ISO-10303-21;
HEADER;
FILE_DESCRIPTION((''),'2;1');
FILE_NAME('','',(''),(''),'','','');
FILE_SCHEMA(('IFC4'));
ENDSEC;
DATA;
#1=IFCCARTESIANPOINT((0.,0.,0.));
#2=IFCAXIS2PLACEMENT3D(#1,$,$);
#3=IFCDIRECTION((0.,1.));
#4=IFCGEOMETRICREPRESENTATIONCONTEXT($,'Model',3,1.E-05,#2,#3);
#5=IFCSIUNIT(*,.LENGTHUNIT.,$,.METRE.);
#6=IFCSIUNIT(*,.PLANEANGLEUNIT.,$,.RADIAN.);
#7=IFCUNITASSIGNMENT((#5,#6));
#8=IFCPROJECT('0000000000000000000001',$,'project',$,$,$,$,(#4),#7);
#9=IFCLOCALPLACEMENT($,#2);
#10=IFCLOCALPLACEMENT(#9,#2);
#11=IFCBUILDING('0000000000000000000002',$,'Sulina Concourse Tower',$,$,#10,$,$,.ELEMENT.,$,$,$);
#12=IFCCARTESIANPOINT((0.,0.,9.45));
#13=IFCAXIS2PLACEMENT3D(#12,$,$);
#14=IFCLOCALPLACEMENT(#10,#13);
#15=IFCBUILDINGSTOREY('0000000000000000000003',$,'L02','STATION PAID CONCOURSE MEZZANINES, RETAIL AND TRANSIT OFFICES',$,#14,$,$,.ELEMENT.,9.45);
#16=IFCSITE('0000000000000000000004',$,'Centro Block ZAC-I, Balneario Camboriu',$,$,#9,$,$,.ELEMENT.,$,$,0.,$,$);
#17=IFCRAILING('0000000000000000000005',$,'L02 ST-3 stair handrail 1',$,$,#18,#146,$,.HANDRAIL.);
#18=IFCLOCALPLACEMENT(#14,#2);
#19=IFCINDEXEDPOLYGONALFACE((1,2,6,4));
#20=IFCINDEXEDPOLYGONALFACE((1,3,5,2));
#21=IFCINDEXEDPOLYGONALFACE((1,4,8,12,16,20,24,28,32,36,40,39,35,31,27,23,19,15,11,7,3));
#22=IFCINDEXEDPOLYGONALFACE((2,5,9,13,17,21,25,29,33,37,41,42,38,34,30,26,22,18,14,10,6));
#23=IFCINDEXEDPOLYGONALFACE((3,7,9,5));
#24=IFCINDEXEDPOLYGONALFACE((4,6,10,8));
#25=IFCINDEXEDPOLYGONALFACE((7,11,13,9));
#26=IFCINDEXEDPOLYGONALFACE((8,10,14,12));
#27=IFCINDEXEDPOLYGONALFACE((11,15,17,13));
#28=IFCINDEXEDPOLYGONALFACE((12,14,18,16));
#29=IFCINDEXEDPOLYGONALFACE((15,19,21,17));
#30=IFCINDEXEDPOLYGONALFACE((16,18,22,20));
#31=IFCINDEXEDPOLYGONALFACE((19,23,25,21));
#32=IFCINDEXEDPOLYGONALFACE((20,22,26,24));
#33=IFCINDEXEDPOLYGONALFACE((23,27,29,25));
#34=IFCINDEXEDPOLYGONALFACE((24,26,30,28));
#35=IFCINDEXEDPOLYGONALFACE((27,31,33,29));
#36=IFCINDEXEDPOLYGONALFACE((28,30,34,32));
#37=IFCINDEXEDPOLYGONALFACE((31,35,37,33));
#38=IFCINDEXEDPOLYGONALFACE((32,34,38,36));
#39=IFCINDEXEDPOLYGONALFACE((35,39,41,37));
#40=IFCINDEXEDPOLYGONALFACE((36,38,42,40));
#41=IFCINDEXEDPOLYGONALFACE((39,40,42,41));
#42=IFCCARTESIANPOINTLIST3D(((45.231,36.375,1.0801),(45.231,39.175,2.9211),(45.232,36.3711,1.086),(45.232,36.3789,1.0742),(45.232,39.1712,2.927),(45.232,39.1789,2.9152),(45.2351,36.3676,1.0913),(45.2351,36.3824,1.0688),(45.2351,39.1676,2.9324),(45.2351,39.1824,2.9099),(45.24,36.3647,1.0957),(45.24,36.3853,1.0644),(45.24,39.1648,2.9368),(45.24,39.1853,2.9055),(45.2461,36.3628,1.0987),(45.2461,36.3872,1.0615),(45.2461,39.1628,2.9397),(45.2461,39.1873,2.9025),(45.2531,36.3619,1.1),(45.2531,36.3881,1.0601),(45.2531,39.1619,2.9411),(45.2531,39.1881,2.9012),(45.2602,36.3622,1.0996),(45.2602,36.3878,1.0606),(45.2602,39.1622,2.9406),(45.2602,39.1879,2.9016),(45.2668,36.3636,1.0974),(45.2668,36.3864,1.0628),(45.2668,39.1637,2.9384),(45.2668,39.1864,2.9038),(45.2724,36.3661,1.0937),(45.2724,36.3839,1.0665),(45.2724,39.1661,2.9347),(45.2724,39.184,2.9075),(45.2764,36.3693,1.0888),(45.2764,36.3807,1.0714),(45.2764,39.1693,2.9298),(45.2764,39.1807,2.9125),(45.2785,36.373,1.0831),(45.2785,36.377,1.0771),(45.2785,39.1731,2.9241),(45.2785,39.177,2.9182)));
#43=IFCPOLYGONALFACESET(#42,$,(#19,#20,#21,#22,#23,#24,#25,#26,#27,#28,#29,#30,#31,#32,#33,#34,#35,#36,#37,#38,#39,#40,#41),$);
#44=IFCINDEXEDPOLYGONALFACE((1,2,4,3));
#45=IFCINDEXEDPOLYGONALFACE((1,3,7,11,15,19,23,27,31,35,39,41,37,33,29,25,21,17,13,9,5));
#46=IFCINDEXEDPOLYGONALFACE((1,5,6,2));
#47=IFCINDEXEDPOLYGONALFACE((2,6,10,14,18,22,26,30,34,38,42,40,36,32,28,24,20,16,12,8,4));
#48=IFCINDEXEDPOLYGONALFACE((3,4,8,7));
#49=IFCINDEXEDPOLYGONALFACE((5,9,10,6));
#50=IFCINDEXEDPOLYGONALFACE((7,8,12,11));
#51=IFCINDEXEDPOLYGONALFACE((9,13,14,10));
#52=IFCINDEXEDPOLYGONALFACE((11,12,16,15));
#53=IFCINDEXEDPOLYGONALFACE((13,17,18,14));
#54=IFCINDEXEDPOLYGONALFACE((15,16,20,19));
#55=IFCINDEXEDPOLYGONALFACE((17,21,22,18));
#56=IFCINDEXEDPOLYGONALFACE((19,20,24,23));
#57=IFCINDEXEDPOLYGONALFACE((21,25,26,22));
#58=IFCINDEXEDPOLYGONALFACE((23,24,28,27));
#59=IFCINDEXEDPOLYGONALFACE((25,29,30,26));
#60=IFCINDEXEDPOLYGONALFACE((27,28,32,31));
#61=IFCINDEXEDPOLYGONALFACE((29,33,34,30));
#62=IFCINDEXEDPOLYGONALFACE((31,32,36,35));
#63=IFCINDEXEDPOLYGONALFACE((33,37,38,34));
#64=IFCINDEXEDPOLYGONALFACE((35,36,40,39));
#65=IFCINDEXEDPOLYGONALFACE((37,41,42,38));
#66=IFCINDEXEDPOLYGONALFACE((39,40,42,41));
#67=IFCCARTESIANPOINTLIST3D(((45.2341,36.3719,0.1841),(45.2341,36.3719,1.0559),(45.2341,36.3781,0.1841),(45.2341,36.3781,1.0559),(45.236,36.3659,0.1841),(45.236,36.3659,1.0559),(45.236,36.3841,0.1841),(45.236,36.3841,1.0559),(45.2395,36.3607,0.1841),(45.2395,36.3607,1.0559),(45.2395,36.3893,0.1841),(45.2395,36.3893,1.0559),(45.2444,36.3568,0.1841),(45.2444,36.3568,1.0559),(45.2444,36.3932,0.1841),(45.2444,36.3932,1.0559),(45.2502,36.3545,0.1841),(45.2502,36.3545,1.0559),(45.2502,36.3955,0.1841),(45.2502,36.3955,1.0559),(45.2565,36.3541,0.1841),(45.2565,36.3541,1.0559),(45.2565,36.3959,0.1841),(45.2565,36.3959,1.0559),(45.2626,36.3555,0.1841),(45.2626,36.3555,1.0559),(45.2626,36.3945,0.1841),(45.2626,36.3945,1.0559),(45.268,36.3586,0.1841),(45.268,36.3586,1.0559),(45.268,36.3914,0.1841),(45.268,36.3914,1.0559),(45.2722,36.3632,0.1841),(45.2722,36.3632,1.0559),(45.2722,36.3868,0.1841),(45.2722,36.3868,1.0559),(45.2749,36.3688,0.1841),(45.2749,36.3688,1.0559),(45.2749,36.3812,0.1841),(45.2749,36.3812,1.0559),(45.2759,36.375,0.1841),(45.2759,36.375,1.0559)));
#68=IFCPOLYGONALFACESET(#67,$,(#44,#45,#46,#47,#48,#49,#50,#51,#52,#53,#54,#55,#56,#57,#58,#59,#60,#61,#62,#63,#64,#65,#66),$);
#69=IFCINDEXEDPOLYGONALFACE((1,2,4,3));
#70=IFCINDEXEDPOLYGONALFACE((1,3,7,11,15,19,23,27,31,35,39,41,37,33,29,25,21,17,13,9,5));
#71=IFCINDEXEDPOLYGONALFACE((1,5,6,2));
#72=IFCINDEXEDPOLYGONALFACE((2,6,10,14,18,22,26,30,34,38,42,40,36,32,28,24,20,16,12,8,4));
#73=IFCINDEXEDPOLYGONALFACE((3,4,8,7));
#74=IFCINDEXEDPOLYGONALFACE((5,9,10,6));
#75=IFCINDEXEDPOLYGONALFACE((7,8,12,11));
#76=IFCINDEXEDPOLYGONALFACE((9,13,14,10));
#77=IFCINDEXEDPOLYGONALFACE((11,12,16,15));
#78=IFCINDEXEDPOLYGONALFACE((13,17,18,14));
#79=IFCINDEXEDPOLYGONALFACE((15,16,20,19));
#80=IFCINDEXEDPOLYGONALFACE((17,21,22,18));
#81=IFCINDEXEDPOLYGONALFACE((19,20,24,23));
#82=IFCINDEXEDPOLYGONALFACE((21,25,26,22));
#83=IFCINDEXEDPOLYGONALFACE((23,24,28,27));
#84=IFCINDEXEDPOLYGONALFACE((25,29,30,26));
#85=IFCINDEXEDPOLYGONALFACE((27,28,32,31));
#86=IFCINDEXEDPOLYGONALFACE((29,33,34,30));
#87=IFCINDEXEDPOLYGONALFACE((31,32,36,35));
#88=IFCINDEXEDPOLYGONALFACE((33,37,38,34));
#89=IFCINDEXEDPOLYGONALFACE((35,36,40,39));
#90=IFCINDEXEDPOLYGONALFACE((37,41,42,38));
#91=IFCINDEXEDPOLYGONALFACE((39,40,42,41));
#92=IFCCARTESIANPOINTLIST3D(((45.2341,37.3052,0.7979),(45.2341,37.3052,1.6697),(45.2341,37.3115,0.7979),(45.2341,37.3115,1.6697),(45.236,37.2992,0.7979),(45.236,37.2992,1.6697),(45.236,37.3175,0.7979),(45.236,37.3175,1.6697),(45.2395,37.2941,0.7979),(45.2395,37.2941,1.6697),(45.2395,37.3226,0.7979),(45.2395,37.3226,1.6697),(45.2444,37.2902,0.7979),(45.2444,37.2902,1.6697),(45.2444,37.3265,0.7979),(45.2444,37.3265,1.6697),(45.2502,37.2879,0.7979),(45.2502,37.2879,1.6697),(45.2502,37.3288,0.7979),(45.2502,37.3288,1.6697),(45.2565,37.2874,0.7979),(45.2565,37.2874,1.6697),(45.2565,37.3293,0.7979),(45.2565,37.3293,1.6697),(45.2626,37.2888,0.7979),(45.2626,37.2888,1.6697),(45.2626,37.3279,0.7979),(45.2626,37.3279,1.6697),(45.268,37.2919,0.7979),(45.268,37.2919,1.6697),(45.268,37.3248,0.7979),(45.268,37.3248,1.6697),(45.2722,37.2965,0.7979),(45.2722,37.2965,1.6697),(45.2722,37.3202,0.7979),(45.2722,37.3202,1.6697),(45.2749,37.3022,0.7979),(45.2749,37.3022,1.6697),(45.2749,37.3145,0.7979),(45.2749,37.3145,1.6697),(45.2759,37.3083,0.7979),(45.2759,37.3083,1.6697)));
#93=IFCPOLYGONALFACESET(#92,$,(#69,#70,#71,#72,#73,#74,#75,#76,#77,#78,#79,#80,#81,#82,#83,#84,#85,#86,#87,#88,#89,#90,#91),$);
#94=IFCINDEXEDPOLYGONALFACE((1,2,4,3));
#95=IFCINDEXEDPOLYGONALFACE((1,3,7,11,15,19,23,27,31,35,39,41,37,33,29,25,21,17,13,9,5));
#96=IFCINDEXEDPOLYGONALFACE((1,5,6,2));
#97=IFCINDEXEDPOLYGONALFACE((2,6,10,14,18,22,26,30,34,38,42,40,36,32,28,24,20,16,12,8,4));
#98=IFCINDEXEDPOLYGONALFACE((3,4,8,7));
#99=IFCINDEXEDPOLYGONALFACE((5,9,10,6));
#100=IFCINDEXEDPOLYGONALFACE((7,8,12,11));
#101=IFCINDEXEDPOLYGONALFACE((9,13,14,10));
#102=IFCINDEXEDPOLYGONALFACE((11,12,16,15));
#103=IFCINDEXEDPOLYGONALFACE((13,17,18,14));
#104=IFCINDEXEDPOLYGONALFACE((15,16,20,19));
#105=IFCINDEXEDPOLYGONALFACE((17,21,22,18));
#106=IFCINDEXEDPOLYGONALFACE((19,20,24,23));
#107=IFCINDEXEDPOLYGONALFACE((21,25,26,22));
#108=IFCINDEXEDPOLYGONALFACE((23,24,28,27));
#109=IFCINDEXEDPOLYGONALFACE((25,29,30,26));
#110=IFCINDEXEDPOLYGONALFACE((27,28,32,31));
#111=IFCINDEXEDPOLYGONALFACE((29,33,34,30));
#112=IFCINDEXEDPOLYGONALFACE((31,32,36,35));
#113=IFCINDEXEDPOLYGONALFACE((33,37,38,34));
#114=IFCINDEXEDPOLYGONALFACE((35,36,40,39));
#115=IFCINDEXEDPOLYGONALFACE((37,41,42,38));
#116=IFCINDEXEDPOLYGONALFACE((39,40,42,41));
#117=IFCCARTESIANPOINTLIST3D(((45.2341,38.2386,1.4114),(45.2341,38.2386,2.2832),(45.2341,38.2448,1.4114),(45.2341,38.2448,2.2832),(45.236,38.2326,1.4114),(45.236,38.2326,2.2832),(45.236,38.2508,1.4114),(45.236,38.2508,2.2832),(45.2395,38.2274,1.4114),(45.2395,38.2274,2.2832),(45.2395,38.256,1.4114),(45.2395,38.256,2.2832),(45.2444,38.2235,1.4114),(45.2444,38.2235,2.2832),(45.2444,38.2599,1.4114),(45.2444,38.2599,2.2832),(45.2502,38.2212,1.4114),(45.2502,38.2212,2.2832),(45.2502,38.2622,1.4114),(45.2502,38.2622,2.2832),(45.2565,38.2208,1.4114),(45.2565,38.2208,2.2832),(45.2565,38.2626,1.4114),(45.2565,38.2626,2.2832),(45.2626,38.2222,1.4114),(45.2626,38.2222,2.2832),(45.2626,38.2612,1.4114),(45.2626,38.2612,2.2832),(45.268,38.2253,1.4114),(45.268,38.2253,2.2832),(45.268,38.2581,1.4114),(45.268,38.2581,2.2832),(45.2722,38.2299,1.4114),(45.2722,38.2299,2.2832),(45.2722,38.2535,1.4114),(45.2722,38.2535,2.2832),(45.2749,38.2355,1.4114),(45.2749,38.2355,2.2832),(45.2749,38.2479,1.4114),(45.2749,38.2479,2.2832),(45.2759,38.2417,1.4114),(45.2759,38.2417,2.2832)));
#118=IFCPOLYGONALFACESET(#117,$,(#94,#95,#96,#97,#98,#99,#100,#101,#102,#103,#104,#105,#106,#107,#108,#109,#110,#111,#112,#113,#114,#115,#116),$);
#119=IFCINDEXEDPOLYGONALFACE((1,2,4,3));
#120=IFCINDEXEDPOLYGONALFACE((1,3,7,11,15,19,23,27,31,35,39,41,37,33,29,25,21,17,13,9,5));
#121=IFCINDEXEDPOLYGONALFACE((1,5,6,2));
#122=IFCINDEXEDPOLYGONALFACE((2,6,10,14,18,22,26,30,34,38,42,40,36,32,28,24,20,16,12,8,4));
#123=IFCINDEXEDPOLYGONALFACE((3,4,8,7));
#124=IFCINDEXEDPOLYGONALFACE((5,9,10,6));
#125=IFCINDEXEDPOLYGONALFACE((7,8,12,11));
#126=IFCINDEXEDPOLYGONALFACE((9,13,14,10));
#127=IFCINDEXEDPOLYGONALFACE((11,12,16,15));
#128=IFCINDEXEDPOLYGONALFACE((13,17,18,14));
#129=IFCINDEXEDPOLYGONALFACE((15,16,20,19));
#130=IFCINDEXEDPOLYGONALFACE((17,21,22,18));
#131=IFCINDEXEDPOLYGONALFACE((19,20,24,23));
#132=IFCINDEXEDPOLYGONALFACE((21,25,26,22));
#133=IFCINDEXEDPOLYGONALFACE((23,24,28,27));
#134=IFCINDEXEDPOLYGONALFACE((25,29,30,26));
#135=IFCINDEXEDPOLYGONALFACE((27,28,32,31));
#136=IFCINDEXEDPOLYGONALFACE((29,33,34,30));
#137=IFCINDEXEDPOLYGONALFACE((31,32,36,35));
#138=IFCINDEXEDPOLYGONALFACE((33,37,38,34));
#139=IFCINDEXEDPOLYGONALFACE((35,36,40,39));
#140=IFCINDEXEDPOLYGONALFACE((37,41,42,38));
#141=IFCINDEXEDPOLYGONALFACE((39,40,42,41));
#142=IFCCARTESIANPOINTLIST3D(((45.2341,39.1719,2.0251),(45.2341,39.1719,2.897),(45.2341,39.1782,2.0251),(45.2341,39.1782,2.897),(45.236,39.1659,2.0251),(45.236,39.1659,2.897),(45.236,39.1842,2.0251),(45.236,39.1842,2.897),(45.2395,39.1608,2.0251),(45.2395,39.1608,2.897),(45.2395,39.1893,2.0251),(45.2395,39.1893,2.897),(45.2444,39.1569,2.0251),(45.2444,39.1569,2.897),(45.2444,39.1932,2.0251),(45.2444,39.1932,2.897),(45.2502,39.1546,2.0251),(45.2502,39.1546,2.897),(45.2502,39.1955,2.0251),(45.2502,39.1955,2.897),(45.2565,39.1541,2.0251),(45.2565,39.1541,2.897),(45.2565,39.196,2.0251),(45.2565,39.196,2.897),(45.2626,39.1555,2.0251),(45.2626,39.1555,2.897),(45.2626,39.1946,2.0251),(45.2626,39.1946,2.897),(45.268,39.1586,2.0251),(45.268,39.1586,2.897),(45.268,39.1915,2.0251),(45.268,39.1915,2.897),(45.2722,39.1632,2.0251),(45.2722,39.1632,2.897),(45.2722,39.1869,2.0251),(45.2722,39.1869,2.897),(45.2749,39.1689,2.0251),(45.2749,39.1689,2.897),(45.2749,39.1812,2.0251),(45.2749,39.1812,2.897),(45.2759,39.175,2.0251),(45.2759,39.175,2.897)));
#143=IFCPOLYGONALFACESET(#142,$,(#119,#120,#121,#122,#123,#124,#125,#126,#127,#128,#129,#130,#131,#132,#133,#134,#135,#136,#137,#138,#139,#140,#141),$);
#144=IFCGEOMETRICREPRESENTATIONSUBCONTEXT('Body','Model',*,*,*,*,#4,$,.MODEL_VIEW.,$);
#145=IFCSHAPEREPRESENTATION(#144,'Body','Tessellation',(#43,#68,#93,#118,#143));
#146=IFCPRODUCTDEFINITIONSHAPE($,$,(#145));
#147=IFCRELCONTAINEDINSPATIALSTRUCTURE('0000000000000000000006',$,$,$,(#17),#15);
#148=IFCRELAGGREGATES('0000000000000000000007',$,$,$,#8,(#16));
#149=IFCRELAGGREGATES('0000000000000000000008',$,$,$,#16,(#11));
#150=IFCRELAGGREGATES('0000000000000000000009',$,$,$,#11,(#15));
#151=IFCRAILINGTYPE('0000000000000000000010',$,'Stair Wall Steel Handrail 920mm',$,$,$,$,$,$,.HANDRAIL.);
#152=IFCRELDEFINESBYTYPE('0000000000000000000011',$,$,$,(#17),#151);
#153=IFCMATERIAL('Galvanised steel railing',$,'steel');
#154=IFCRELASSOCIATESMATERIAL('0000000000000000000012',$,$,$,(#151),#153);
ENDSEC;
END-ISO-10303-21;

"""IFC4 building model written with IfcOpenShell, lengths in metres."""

from ifc_helpers import new_model, si_unit, direction, frame, origin, origin_2d, place, context, subcontext, project, spatial, circle, extrude, material, type_object, element, save


model = new_model("IFC4")

# Units and contexts
model_context = context("Model", 3, precision=1e-05, world=origin(), true_north=direction((0.0, 1.0)))
body_context = subcontext(model_context, "Body", "Model", "MODEL_VIEW")
ifc_project = project(units=[si_unit("LENGTHUNIT", "METRE"), si_unit("PLANEANGLEUNIT", "RADIAN")], contexts=[model_context])

# Site, building, storey
site_placement = place(None, origin())
site = spatial("IfcSite", under=ifc_project, at=site_placement, Name="Centro Block ZAC-I, Balneario Camboriu", CompositionType="ELEMENT", RefElevation=0.0)
building_placement = place(site_placement, origin())
building = spatial("IfcBuilding", under=site, at=building_placement, Name="Sulina Concourse Tower", CompositionType="ELEMENT")
storey_placement = place(building_placement, frame((0.0, 0.0, 9.45)))
storey = spatial("IfcBuildingStorey", under=building, at=storey_placement, Name="L02", Description="STATION PAID CONCOURSE MEZZANINES, RETAIL AND TRANSIT OFFICES", CompositionType="ELEMENT", Elevation=9.45)

# Railing
ifc_material_1 = material(Name="Galvanised steel railing", Category="steel")
railing_type_1 = type_object("IfcRailingType", Name="Stair Wall Steel Handrail 920mm", PredefinedType="HANDRAIL", material=ifc_material_1)
railing_1_placement = place(storey_placement, frame((45.2549, 36.375, 0.1841)))
element("IfcRailing", 1, at=railing_1_placement, inside=storey, type_object=railing_type_1, Name="L02 ST-3 stair handrail 1", PredefinedType="HANDRAIL", context=body_context, shape_type="SweptSolid", body=[
    extrude(circle(Radius=0.0239, at=origin_2d()), frame((0.0, 0.0, 0.896), z_axis=(0.0, 0.835564, 0.549393), x_axis=(-1.0, 0.0, 0.0)), (0.0, 0.0, 1.0), 3.3511),
    extrude(circle(Radius=0.021, at=origin_2d()), origin(), (0.0, 0.0, 1.0), 0.8718),
    extrude(circle(Radius=0.021, at=origin_2d()), frame((0.0, 0.9333, 0.6138)), (0.0, 0.0, 1.0), 0.8718),
    extrude(circle(Radius=0.021, at=origin_2d()), frame((0.0, 1.8667, 1.2273)), (0.0, 0.0, 1.0), 0.8718),
    extrude(circle(Radius=0.021, at=origin_2d()), frame((0.0, 2.8, 1.8411)), (0.0, 0.0, 1.0), 0.8718),
])

save(model, "model.ifc")
